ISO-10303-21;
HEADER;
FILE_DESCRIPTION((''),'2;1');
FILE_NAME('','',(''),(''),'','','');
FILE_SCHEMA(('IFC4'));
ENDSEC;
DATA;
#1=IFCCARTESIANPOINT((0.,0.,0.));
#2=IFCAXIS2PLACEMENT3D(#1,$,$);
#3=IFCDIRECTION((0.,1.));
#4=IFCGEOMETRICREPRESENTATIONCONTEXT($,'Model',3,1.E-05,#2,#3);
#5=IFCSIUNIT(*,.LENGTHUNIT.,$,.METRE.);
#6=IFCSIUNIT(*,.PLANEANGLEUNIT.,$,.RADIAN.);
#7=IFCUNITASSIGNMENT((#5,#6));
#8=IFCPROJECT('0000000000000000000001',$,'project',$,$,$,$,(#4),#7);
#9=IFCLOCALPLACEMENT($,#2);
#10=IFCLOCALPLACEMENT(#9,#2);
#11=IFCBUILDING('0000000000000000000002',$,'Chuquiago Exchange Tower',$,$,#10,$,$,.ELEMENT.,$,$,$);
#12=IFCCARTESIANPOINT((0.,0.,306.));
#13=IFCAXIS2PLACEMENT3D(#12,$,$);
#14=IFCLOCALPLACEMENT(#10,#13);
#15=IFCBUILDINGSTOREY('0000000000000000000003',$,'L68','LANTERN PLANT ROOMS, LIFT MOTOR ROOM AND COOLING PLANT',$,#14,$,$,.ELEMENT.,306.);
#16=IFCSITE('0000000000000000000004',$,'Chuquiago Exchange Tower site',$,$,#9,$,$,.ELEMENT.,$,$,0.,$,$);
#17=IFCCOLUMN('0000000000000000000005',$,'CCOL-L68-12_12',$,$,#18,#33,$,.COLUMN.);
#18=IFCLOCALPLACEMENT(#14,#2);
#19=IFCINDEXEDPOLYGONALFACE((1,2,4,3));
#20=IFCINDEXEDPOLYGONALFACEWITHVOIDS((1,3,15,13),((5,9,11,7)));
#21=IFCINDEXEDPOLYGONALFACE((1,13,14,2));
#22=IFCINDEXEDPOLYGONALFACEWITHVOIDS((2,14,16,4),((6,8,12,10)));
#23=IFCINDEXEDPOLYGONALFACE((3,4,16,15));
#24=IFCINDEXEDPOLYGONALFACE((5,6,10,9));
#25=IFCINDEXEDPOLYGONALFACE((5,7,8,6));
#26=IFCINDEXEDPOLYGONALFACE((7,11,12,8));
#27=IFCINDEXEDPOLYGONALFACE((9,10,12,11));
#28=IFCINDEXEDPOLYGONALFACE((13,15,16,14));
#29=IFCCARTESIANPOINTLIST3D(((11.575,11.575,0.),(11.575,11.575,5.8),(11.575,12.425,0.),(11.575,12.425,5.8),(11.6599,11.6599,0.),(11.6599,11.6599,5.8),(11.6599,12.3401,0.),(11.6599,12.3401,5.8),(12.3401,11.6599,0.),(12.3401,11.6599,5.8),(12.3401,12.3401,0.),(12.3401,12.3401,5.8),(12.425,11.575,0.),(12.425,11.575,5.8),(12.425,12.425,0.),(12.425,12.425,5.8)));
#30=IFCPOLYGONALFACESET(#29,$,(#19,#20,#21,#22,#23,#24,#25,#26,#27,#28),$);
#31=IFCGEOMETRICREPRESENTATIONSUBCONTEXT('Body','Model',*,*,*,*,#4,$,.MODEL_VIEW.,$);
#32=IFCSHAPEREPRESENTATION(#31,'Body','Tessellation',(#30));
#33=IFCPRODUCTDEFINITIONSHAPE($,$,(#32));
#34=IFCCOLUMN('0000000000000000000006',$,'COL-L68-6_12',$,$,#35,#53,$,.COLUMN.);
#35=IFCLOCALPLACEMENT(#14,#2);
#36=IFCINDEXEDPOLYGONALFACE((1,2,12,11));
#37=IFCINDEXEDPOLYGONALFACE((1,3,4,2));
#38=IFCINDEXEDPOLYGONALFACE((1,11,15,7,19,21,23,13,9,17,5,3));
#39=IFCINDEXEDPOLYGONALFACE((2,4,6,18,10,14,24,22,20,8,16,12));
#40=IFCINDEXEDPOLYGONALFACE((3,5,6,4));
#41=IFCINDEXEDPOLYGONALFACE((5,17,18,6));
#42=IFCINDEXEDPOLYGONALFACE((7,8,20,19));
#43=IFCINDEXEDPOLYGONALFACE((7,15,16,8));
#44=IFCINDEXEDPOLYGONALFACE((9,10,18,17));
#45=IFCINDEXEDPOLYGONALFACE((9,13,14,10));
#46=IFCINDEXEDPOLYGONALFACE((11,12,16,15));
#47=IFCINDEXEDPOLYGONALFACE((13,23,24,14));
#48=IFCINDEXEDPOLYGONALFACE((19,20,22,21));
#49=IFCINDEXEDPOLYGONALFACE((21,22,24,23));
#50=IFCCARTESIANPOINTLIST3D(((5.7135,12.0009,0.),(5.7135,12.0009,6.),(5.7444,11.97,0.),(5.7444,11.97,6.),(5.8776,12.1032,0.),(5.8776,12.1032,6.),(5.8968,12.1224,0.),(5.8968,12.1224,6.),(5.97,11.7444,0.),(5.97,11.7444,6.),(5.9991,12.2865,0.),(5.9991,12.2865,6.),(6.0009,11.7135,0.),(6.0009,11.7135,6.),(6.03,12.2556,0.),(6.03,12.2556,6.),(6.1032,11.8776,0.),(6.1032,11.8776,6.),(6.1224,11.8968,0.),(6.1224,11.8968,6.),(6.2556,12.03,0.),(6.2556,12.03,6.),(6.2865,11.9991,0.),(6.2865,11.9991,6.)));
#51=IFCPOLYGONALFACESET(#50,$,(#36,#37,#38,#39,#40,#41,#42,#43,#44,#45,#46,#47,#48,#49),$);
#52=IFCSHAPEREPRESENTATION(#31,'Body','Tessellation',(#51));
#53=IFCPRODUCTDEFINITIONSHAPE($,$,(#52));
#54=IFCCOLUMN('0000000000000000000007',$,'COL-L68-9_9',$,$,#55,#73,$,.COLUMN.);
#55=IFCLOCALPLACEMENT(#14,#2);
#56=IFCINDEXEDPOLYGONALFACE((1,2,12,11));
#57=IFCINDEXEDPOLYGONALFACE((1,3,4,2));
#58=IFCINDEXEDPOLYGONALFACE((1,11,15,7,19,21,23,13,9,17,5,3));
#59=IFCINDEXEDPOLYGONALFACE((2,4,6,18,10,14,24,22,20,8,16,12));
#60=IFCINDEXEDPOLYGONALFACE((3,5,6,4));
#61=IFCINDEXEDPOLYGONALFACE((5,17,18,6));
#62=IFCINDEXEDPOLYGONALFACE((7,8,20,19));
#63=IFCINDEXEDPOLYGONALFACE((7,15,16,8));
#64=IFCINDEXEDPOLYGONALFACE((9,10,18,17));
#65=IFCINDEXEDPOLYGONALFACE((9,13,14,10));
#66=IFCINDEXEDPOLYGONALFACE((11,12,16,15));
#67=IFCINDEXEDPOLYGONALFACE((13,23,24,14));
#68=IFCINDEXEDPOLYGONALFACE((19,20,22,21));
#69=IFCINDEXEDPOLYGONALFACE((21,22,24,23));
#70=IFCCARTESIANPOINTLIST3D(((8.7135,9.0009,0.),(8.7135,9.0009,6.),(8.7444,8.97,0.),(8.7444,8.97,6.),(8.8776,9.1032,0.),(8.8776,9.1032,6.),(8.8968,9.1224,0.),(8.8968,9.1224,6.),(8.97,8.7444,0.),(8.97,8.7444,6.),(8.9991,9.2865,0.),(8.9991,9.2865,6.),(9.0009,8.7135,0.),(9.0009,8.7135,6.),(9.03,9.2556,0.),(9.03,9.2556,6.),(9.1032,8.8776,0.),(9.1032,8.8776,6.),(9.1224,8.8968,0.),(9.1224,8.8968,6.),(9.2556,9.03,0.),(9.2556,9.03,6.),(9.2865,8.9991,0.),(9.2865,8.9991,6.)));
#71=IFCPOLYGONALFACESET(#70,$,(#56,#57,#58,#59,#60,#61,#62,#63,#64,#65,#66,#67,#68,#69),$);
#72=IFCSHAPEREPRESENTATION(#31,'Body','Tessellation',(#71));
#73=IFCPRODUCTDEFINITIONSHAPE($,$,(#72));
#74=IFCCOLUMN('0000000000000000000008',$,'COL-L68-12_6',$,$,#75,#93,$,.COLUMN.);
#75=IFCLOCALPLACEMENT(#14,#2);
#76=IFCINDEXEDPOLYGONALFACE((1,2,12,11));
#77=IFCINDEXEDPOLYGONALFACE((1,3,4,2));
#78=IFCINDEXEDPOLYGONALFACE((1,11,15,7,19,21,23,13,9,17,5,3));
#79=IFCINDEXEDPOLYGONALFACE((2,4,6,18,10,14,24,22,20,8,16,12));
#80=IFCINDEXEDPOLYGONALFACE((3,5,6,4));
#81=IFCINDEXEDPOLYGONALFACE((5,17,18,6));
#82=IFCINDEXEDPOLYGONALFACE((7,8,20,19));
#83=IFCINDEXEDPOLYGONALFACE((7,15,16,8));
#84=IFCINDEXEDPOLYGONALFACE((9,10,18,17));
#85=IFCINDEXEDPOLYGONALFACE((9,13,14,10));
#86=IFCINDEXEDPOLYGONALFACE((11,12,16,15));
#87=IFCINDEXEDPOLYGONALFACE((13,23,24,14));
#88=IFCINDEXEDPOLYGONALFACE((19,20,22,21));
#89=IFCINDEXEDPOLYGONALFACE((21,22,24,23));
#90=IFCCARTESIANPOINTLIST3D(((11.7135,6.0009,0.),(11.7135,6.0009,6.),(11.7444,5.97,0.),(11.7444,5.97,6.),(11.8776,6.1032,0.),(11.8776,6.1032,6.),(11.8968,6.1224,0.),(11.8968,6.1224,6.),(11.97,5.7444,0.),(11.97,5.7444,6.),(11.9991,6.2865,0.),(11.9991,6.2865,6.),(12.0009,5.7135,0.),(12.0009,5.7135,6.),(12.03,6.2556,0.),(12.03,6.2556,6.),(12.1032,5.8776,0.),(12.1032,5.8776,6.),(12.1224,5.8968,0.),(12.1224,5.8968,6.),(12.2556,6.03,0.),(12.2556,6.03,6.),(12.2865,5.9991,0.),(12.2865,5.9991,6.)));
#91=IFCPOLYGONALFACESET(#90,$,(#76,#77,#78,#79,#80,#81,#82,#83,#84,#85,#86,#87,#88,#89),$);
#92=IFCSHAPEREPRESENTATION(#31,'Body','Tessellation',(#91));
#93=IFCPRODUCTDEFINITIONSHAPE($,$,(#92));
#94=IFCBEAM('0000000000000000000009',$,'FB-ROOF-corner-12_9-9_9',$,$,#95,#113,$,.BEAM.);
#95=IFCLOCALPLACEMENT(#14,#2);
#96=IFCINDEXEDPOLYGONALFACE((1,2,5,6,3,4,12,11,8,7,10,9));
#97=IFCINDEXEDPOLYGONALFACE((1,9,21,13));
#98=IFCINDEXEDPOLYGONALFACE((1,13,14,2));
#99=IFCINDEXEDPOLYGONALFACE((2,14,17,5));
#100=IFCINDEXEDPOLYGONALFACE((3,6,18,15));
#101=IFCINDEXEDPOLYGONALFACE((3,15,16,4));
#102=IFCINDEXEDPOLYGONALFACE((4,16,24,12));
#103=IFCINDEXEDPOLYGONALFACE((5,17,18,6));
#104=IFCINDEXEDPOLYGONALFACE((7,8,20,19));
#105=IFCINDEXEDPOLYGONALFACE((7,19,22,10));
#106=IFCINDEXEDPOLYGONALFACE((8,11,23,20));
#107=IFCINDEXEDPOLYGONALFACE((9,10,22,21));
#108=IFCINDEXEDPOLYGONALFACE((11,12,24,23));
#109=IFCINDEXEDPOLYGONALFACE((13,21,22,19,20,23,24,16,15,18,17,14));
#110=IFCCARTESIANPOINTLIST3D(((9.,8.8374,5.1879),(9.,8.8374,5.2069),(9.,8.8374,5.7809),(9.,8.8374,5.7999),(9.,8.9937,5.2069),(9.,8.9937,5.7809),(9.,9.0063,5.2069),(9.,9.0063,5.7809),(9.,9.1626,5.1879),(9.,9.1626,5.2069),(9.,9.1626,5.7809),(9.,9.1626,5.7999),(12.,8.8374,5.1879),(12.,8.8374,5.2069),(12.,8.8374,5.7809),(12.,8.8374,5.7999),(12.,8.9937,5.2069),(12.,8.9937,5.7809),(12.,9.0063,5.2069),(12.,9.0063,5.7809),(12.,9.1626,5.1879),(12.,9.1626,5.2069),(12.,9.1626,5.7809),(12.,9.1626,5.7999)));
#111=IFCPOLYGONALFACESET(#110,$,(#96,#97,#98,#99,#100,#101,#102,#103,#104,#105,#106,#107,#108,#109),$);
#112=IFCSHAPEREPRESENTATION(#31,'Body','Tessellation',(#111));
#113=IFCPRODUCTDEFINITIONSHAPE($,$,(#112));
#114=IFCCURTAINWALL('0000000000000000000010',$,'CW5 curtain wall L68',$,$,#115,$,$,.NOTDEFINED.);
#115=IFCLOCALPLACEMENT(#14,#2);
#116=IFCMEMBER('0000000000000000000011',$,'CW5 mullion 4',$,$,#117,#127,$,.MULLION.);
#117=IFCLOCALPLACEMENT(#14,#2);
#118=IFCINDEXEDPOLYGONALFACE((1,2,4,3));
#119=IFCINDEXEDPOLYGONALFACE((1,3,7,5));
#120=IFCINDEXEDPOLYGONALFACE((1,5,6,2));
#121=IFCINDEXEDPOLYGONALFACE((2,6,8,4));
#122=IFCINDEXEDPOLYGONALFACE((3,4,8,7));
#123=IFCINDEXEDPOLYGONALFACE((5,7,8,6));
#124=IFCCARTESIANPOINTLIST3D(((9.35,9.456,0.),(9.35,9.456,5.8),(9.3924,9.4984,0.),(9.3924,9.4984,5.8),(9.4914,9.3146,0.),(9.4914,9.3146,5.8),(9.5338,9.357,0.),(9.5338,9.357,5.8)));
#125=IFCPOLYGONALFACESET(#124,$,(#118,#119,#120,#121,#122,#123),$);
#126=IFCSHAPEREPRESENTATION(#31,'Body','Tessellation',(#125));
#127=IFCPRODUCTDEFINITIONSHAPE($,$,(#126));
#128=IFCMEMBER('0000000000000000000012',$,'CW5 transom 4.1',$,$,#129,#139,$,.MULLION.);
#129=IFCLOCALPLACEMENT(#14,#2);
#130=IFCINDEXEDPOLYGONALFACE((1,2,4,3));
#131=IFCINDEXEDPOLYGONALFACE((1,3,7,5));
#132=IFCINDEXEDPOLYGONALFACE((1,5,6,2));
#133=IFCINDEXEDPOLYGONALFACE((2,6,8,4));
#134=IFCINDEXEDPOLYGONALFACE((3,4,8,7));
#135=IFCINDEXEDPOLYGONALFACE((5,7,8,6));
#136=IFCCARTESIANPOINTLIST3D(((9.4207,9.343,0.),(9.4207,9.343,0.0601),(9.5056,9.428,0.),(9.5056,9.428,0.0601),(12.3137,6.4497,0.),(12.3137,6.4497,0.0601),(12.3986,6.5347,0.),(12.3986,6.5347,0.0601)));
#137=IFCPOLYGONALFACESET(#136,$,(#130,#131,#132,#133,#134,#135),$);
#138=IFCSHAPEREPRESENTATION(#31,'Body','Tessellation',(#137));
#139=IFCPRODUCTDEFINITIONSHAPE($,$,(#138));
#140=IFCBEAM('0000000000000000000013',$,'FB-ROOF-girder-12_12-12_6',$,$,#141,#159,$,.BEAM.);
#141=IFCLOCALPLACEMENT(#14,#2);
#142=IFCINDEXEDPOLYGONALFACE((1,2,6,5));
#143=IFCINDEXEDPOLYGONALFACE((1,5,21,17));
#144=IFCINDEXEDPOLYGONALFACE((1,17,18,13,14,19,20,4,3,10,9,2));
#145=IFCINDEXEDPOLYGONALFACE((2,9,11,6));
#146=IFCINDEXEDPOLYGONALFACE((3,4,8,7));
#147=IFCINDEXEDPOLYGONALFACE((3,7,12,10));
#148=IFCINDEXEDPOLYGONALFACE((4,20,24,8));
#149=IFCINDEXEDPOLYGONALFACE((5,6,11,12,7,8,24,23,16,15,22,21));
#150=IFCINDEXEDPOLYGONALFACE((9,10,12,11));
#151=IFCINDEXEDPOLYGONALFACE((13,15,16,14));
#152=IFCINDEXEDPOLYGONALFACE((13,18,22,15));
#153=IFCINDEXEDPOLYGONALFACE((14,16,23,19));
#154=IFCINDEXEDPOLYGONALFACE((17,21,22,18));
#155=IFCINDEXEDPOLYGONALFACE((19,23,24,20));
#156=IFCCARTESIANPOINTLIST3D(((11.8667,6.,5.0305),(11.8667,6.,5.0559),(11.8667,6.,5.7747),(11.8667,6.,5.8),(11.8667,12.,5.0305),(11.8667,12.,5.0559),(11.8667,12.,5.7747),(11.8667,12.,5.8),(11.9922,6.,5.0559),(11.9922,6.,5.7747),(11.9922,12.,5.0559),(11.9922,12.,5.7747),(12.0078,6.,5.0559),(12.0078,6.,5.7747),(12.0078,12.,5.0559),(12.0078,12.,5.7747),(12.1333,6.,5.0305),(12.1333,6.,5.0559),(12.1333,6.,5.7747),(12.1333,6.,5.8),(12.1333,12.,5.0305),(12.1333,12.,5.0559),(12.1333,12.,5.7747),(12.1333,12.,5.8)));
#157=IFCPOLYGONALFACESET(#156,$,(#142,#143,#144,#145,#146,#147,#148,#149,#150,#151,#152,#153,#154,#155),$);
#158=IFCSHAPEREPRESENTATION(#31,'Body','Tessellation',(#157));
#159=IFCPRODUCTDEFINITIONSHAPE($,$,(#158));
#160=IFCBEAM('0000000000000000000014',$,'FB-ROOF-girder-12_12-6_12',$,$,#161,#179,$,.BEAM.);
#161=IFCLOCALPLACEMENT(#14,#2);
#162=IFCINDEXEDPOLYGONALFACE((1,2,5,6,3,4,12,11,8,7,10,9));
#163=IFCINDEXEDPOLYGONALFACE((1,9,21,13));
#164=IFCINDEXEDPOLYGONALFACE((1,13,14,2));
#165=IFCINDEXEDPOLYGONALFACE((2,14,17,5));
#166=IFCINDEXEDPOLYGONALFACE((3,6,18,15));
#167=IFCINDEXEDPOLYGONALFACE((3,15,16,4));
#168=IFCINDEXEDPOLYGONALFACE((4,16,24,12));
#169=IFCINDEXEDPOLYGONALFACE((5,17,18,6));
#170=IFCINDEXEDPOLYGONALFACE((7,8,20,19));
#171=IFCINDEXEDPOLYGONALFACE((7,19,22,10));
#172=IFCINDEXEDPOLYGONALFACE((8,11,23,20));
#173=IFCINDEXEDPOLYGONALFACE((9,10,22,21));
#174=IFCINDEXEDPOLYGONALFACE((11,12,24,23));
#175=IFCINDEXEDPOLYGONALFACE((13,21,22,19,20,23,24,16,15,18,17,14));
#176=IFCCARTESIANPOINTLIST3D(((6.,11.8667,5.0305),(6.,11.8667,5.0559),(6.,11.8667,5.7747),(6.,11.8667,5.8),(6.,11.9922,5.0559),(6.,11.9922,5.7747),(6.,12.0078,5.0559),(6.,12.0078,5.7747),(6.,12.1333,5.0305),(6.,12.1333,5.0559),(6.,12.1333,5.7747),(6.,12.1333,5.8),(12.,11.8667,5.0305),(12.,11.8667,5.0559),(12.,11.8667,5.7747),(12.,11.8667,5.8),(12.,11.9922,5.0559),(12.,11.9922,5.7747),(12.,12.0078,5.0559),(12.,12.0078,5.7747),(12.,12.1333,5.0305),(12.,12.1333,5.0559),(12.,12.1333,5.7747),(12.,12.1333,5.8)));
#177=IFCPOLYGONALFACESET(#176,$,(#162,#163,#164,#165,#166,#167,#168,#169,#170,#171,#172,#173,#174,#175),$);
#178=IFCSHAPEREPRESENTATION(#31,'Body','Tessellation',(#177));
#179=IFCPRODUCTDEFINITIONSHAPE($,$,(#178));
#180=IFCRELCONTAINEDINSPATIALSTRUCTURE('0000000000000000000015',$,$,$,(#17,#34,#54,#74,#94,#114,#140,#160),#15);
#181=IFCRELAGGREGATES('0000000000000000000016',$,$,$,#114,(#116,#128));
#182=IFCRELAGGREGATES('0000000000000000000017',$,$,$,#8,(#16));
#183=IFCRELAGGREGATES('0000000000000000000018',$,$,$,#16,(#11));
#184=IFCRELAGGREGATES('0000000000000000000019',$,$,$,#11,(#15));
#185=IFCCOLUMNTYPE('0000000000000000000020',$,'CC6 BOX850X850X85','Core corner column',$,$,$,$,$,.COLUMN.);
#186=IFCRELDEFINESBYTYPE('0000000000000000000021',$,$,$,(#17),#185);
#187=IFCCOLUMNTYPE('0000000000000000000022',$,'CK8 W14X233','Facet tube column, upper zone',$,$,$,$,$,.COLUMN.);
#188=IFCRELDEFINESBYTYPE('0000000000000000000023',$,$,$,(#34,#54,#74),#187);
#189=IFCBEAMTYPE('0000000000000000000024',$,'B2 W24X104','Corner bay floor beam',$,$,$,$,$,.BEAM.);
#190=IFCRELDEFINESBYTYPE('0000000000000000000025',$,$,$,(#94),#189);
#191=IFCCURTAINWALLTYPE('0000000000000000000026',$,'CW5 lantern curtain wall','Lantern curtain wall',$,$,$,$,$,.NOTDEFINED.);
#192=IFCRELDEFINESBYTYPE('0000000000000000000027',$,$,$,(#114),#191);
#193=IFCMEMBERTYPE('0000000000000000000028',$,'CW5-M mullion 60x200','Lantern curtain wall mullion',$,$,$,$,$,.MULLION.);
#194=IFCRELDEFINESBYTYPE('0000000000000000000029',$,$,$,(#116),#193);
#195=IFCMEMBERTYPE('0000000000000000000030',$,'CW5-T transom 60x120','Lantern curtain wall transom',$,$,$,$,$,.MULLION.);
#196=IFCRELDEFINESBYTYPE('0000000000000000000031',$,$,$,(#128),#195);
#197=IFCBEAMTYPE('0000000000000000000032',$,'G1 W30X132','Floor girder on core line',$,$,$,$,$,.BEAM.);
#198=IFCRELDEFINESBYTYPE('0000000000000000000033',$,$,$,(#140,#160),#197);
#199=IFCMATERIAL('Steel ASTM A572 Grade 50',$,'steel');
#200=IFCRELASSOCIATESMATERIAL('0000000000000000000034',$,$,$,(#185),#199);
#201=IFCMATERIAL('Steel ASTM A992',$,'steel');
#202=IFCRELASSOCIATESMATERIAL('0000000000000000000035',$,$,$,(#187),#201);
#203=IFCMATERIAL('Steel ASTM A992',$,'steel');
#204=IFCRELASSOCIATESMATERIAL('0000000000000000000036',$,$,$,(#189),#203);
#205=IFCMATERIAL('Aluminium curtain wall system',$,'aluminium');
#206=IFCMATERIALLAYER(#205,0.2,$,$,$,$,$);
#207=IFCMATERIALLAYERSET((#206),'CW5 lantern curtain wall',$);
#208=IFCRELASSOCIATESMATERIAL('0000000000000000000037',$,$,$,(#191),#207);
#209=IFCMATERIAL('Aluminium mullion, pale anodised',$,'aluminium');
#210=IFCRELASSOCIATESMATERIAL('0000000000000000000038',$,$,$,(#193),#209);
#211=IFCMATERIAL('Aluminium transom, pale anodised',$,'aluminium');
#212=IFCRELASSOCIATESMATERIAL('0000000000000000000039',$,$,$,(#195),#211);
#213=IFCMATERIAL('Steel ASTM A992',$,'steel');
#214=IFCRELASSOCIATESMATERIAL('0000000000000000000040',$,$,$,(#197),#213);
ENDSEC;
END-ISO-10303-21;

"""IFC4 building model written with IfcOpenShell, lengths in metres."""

from ifc_helpers import new_model, si_unit, direction, frame, origin, origin_2d, place, context, subcontext, project, spatial, rectangle, hollow_rectangle, i_section, extrude, material, layer, layer_set, material_profile, profile_set, type_object, element, aggregate, save


model = new_model("IFC4")

# Units and contexts
model_context = context("Model", 3, precision=1e-05, world=origin(), true_north=direction((0.0, 1.0)))
body_context = subcontext(model_context, "Body", "Model", "MODEL_VIEW")
ifc_project = project(units=[si_unit("LENGTHUNIT", "METRE"), si_unit("PLANEANGLEUNIT", "RADIAN")], contexts=[model_context])

# Site, building, storey
site_placement = place(None, origin())
site = spatial("IfcSite", under=ifc_project, at=site_placement, Name="Chuquiago Exchange Tower site", CompositionType="ELEMENT", RefElevation=0.0)
building_placement = place(site_placement, origin())
building = spatial("IfcBuilding", under=site, at=building_placement, Name="Chuquiago Exchange Tower", CompositionType="ELEMENT")
storey_placement = place(building_placement, frame((0.0, 0.0, 306.0)))
storey = spatial("IfcBuildingStorey", under=building, at=storey_placement, Name="L68", Description="LANTERN PLANT ROOMS, LIFT MOTOR ROOM AND COOLING PLANT", CompositionType="ELEMENT", Elevation=306.0)

# Columns
ifc_material_1 = material(Name="Steel ASTM A572 Grade 50", Category="steel")
ifc_material_profile_1 = material_profile(ifc_material_1, hollow_rectangle(XDim=0.8501, YDim=0.8501, WallThickness=0.085, at=origin_2d()), Name="BOX850X850X85")
ifc_profile_set_1 = profile_set([ifc_material_profile_1], Name="Steel ASTM A572 Grade 50")
column_type_1 = type_object("IfcColumnType", Name="CC6 BOX850X850X85", Description="Core corner column", PredefinedType="COLUMN", material=ifc_profile_set_1)
column_placement = place(storey_placement, frame((12.0, 12.0, 0.0), z_axis=(0.0, 0.0, 1.0), x_axis=(1.0, 0.0, 0.0)))
element("IfcColumn", 1, at=column_placement, inside=storey, type_object=column_type_1, Name="CCOL-L68-12_12", PredefinedType="COLUMN", context=body_context, shape_type="SweptSolid", body=[
    extrude(hollow_rectangle(XDim=0.8501, YDim=0.8501, WallThickness=0.085, at=origin_2d()), origin(), (0.0, 0.0, 1.0), 5.8),
])
ifc_material_2 = material(Name="Steel ASTM A992", Category="steel")
ifc_material_profile_2 = material_profile(ifc_material_2, i_section(OverallWidth=0.4038, OverallDepth=0.4065, WebThickness=0.0271, FlangeThickness=0.0437, at=origin_2d()), Name="W14X233")
ifc_profile_set_2 = profile_set([ifc_material_profile_2], Name="Steel ASTM A992")
column_type_2 = type_object("IfcColumnType", Name="CK8 W14X233", Description="Facet tube column, upper zone", PredefinedType="COLUMN", material=ifc_profile_set_2)
for number, where, z_axis, x_axis, name in (
    (2, (6.0, 12.0, 0.0), (0.0, 0.0, 1.0), (-0.707107, -0.707107, 0.0), "COL-L68-6_12"),
    (3, (9.0, 9.0, 0.0), (0.0, 0.0, 1.0), (-0.707107, -0.707107, 0.0), "COL-L68-9_9"),
    (4, (12.0, 6.0, 0.0), (0.0, 0.0, 1.0), (-0.707107, -0.707107, 0.0), "COL-L68-12_6"),
):
    element("IfcColumn", number, at=place(storey_placement, frame(where, z_axis=z_axis, x_axis=x_axis)), inside=storey, type_object=column_type_2, Name=name, PredefinedType="COLUMN", context=body_context, shape_type="SweptSolid", body=[
        extrude(i_section(OverallWidth=0.4038, OverallDepth=0.4065, WebThickness=0.0271, FlangeThickness=0.0437, at=origin_2d()), origin(), (0.0, 0.0, 1.0), 6.0),
    ])

# Beam
ifc_material_3 = material(Name="Steel ASTM A992", Category="steel")
ifc_material_profile_3 = material_profile(ifc_material_3, i_section(OverallWidth=0.3252, OverallDepth=0.6121, WebThickness=0.0127, FlangeThickness=0.019, at=origin_2d()), Name="W24X104")
ifc_profile_set_3 = profile_set([ifc_material_profile_3], Name="Steel ASTM A992")
beam_type_1 = type_object("IfcBeamType", Name="B2 W24X104", Description="Corner bay floor beam", PredefinedType="BEAM", material=ifc_profile_set_3)
beam_placement = place(storey_placement, frame((12.0, 9.0, 5.4939), z_axis=(-1.0, 0.0, 0.0), x_axis=(0.0, -1.0, 0.0)))
element("IfcBeam", 5, at=beam_placement, inside=storey, type_object=beam_type_1, Name="FB-ROOF-corner-12_9-9_9", PredefinedType="BEAM", context=body_context, shape_type="SweptSolid", body=[
    extrude(i_section(OverallWidth=0.3252, OverallDepth=0.6121, WebThickness=0.0127, FlangeThickness=0.019, at=origin_2d()), origin(), (0.0, 0.0, 1.0), 3.0),
])

# Curtain wall, members
ifc_material_4 = material(Name="Aluminium curtain wall system", Category="aluminium")
ifc_layer_1 = layer(ifc_material_4, 0.2)
ifc_layer_set_1 = layer_set([ifc_layer_1], Name="CW5 lantern curtain wall")
curtain_wall_type = type_object("IfcCurtainWallType", Name="CW5 lantern curtain wall", Description="Lantern curtain wall", PredefinedType="NOTDEFINED", material=ifc_layer_set_1)
curtain_wall_placement = place(storey_placement, origin())
curtain_wall = element("IfcCurtainWall", 6, at=curtain_wall_placement, inside=storey, type_object=curtain_wall_type, Name="CW5 curtain wall L68", PredefinedType="NOTDEFINED")
ifc_material_5 = material(Name="Aluminium mullion, pale anodised", Category="aluminium")
ifc_material_profile_4 = material_profile(ifc_material_5, rectangle(XDim=0.0601, YDim=0.2, at=origin_2d()), Name="AL 60x200")
ifc_profile_set_4 = profile_set([ifc_material_profile_4], Name="Aluminium mullion, pale anodised")
member_type_1 = type_object("IfcMemberType", Name="CW5-M mullion 60x200", Description="Lantern curtain wall mullion", PredefinedType="MULLION", material=ifc_profile_set_4)
member_1_placement = place(storey_placement, frame((9.4419, 9.4065, 0.0), z_axis=(0.0, 0.0, 1.0), x_axis=(0.707109, 0.707105, 0.0)))
member_1 = element("IfcMember", 7, at=member_1_placement, type_object=member_type_1, Name="CW5 mullion 4", PredefinedType="MULLION", context=body_context, shape_type="SweptSolid", body=[
    extrude(rectangle(XDim=0.0601, YDim=0.2, at=origin_2d()), origin(), (0.0, 0.0, 1.0), 5.8),
])
ifc_material_6 = material(Name="Aluminium transom, pale anodised", Category="aluminium")
ifc_material_profile_5 = material_profile(ifc_material_6, rectangle(XDim=0.1201, YDim=0.0601, at=origin_2d()), Name="AL 120x60")
ifc_profile_set_5 = profile_set([ifc_material_profile_5], Name="Aluminium transom, pale anodised")
member_type_2 = type_object("IfcMemberType", Name="CW5-T transom 60x120", Description="Lantern curtain wall transom", PredefinedType="MULLION", material=ifc_profile_set_5)
member_2_placement = place(storey_placement, frame((9.4631, 9.3855, 0.03), z_axis=(0.707077, -0.707137, 0.0), x_axis=(0.707137, 0.707077, 0.0)))
member_2 = element("IfcMember", 8, at=member_2_placement, type_object=member_type_2, Name="CW5 transom 4.1", PredefinedType="MULLION", context=body_context, shape_type="SweptSolid", body=[
    extrude(rectangle(XDim=0.1201, YDim=0.0601, at=origin_2d()), origin(), (0.0, 0.0, 1.0), 4.0916),
])

# Beams
ifc_material_7 = material(Name="Steel ASTM A992", Category="steel")
ifc_material_profile_6 = material_profile(ifc_material_7, i_section(OverallWidth=0.2666, OverallDepth=0.7695, WebThickness=0.0156, FlangeThickness=0.0254, at=origin_2d()), Name="W30X132")
ifc_profile_set_6 = profile_set([ifc_material_profile_6], Name="Steel ASTM A992")
beam_type_2 = type_object("IfcBeamType", Name="G1 W30X132", Description="Floor girder on core line", PredefinedType="BEAM", material=ifc_profile_set_6)
for number, where, z_axis, x_axis, name in (
    (9, (12.0, 12.0, 5.4153), (0.0, -1.0, 0.0), (1.0, 0.0, 0.0), "FB-ROOF-girder-12_12-12_6"),
    (10, (12.0, 12.0, 5.4153), (-1.0, 0.0, 0.0), (0.0, -1.0, 0.0), "FB-ROOF-girder-12_12-6_12"),
):
    element("IfcBeam", number, at=place(storey_placement, frame(where, z_axis=z_axis, x_axis=x_axis)), inside=storey, type_object=beam_type_2, Name=name, PredefinedType="BEAM", context=body_context, shape_type="SweptSolid", body=[
        extrude(i_section(OverallWidth=0.2666, OverallDepth=0.7695, WebThickness=0.0156, FlangeThickness=0.0254, at=origin_2d()), origin(), (0.0, 0.0, 1.0), 6.0),
    ])

aggregate(curtain_wall, [member_1, member_2])

save(model, "model.ifc")
